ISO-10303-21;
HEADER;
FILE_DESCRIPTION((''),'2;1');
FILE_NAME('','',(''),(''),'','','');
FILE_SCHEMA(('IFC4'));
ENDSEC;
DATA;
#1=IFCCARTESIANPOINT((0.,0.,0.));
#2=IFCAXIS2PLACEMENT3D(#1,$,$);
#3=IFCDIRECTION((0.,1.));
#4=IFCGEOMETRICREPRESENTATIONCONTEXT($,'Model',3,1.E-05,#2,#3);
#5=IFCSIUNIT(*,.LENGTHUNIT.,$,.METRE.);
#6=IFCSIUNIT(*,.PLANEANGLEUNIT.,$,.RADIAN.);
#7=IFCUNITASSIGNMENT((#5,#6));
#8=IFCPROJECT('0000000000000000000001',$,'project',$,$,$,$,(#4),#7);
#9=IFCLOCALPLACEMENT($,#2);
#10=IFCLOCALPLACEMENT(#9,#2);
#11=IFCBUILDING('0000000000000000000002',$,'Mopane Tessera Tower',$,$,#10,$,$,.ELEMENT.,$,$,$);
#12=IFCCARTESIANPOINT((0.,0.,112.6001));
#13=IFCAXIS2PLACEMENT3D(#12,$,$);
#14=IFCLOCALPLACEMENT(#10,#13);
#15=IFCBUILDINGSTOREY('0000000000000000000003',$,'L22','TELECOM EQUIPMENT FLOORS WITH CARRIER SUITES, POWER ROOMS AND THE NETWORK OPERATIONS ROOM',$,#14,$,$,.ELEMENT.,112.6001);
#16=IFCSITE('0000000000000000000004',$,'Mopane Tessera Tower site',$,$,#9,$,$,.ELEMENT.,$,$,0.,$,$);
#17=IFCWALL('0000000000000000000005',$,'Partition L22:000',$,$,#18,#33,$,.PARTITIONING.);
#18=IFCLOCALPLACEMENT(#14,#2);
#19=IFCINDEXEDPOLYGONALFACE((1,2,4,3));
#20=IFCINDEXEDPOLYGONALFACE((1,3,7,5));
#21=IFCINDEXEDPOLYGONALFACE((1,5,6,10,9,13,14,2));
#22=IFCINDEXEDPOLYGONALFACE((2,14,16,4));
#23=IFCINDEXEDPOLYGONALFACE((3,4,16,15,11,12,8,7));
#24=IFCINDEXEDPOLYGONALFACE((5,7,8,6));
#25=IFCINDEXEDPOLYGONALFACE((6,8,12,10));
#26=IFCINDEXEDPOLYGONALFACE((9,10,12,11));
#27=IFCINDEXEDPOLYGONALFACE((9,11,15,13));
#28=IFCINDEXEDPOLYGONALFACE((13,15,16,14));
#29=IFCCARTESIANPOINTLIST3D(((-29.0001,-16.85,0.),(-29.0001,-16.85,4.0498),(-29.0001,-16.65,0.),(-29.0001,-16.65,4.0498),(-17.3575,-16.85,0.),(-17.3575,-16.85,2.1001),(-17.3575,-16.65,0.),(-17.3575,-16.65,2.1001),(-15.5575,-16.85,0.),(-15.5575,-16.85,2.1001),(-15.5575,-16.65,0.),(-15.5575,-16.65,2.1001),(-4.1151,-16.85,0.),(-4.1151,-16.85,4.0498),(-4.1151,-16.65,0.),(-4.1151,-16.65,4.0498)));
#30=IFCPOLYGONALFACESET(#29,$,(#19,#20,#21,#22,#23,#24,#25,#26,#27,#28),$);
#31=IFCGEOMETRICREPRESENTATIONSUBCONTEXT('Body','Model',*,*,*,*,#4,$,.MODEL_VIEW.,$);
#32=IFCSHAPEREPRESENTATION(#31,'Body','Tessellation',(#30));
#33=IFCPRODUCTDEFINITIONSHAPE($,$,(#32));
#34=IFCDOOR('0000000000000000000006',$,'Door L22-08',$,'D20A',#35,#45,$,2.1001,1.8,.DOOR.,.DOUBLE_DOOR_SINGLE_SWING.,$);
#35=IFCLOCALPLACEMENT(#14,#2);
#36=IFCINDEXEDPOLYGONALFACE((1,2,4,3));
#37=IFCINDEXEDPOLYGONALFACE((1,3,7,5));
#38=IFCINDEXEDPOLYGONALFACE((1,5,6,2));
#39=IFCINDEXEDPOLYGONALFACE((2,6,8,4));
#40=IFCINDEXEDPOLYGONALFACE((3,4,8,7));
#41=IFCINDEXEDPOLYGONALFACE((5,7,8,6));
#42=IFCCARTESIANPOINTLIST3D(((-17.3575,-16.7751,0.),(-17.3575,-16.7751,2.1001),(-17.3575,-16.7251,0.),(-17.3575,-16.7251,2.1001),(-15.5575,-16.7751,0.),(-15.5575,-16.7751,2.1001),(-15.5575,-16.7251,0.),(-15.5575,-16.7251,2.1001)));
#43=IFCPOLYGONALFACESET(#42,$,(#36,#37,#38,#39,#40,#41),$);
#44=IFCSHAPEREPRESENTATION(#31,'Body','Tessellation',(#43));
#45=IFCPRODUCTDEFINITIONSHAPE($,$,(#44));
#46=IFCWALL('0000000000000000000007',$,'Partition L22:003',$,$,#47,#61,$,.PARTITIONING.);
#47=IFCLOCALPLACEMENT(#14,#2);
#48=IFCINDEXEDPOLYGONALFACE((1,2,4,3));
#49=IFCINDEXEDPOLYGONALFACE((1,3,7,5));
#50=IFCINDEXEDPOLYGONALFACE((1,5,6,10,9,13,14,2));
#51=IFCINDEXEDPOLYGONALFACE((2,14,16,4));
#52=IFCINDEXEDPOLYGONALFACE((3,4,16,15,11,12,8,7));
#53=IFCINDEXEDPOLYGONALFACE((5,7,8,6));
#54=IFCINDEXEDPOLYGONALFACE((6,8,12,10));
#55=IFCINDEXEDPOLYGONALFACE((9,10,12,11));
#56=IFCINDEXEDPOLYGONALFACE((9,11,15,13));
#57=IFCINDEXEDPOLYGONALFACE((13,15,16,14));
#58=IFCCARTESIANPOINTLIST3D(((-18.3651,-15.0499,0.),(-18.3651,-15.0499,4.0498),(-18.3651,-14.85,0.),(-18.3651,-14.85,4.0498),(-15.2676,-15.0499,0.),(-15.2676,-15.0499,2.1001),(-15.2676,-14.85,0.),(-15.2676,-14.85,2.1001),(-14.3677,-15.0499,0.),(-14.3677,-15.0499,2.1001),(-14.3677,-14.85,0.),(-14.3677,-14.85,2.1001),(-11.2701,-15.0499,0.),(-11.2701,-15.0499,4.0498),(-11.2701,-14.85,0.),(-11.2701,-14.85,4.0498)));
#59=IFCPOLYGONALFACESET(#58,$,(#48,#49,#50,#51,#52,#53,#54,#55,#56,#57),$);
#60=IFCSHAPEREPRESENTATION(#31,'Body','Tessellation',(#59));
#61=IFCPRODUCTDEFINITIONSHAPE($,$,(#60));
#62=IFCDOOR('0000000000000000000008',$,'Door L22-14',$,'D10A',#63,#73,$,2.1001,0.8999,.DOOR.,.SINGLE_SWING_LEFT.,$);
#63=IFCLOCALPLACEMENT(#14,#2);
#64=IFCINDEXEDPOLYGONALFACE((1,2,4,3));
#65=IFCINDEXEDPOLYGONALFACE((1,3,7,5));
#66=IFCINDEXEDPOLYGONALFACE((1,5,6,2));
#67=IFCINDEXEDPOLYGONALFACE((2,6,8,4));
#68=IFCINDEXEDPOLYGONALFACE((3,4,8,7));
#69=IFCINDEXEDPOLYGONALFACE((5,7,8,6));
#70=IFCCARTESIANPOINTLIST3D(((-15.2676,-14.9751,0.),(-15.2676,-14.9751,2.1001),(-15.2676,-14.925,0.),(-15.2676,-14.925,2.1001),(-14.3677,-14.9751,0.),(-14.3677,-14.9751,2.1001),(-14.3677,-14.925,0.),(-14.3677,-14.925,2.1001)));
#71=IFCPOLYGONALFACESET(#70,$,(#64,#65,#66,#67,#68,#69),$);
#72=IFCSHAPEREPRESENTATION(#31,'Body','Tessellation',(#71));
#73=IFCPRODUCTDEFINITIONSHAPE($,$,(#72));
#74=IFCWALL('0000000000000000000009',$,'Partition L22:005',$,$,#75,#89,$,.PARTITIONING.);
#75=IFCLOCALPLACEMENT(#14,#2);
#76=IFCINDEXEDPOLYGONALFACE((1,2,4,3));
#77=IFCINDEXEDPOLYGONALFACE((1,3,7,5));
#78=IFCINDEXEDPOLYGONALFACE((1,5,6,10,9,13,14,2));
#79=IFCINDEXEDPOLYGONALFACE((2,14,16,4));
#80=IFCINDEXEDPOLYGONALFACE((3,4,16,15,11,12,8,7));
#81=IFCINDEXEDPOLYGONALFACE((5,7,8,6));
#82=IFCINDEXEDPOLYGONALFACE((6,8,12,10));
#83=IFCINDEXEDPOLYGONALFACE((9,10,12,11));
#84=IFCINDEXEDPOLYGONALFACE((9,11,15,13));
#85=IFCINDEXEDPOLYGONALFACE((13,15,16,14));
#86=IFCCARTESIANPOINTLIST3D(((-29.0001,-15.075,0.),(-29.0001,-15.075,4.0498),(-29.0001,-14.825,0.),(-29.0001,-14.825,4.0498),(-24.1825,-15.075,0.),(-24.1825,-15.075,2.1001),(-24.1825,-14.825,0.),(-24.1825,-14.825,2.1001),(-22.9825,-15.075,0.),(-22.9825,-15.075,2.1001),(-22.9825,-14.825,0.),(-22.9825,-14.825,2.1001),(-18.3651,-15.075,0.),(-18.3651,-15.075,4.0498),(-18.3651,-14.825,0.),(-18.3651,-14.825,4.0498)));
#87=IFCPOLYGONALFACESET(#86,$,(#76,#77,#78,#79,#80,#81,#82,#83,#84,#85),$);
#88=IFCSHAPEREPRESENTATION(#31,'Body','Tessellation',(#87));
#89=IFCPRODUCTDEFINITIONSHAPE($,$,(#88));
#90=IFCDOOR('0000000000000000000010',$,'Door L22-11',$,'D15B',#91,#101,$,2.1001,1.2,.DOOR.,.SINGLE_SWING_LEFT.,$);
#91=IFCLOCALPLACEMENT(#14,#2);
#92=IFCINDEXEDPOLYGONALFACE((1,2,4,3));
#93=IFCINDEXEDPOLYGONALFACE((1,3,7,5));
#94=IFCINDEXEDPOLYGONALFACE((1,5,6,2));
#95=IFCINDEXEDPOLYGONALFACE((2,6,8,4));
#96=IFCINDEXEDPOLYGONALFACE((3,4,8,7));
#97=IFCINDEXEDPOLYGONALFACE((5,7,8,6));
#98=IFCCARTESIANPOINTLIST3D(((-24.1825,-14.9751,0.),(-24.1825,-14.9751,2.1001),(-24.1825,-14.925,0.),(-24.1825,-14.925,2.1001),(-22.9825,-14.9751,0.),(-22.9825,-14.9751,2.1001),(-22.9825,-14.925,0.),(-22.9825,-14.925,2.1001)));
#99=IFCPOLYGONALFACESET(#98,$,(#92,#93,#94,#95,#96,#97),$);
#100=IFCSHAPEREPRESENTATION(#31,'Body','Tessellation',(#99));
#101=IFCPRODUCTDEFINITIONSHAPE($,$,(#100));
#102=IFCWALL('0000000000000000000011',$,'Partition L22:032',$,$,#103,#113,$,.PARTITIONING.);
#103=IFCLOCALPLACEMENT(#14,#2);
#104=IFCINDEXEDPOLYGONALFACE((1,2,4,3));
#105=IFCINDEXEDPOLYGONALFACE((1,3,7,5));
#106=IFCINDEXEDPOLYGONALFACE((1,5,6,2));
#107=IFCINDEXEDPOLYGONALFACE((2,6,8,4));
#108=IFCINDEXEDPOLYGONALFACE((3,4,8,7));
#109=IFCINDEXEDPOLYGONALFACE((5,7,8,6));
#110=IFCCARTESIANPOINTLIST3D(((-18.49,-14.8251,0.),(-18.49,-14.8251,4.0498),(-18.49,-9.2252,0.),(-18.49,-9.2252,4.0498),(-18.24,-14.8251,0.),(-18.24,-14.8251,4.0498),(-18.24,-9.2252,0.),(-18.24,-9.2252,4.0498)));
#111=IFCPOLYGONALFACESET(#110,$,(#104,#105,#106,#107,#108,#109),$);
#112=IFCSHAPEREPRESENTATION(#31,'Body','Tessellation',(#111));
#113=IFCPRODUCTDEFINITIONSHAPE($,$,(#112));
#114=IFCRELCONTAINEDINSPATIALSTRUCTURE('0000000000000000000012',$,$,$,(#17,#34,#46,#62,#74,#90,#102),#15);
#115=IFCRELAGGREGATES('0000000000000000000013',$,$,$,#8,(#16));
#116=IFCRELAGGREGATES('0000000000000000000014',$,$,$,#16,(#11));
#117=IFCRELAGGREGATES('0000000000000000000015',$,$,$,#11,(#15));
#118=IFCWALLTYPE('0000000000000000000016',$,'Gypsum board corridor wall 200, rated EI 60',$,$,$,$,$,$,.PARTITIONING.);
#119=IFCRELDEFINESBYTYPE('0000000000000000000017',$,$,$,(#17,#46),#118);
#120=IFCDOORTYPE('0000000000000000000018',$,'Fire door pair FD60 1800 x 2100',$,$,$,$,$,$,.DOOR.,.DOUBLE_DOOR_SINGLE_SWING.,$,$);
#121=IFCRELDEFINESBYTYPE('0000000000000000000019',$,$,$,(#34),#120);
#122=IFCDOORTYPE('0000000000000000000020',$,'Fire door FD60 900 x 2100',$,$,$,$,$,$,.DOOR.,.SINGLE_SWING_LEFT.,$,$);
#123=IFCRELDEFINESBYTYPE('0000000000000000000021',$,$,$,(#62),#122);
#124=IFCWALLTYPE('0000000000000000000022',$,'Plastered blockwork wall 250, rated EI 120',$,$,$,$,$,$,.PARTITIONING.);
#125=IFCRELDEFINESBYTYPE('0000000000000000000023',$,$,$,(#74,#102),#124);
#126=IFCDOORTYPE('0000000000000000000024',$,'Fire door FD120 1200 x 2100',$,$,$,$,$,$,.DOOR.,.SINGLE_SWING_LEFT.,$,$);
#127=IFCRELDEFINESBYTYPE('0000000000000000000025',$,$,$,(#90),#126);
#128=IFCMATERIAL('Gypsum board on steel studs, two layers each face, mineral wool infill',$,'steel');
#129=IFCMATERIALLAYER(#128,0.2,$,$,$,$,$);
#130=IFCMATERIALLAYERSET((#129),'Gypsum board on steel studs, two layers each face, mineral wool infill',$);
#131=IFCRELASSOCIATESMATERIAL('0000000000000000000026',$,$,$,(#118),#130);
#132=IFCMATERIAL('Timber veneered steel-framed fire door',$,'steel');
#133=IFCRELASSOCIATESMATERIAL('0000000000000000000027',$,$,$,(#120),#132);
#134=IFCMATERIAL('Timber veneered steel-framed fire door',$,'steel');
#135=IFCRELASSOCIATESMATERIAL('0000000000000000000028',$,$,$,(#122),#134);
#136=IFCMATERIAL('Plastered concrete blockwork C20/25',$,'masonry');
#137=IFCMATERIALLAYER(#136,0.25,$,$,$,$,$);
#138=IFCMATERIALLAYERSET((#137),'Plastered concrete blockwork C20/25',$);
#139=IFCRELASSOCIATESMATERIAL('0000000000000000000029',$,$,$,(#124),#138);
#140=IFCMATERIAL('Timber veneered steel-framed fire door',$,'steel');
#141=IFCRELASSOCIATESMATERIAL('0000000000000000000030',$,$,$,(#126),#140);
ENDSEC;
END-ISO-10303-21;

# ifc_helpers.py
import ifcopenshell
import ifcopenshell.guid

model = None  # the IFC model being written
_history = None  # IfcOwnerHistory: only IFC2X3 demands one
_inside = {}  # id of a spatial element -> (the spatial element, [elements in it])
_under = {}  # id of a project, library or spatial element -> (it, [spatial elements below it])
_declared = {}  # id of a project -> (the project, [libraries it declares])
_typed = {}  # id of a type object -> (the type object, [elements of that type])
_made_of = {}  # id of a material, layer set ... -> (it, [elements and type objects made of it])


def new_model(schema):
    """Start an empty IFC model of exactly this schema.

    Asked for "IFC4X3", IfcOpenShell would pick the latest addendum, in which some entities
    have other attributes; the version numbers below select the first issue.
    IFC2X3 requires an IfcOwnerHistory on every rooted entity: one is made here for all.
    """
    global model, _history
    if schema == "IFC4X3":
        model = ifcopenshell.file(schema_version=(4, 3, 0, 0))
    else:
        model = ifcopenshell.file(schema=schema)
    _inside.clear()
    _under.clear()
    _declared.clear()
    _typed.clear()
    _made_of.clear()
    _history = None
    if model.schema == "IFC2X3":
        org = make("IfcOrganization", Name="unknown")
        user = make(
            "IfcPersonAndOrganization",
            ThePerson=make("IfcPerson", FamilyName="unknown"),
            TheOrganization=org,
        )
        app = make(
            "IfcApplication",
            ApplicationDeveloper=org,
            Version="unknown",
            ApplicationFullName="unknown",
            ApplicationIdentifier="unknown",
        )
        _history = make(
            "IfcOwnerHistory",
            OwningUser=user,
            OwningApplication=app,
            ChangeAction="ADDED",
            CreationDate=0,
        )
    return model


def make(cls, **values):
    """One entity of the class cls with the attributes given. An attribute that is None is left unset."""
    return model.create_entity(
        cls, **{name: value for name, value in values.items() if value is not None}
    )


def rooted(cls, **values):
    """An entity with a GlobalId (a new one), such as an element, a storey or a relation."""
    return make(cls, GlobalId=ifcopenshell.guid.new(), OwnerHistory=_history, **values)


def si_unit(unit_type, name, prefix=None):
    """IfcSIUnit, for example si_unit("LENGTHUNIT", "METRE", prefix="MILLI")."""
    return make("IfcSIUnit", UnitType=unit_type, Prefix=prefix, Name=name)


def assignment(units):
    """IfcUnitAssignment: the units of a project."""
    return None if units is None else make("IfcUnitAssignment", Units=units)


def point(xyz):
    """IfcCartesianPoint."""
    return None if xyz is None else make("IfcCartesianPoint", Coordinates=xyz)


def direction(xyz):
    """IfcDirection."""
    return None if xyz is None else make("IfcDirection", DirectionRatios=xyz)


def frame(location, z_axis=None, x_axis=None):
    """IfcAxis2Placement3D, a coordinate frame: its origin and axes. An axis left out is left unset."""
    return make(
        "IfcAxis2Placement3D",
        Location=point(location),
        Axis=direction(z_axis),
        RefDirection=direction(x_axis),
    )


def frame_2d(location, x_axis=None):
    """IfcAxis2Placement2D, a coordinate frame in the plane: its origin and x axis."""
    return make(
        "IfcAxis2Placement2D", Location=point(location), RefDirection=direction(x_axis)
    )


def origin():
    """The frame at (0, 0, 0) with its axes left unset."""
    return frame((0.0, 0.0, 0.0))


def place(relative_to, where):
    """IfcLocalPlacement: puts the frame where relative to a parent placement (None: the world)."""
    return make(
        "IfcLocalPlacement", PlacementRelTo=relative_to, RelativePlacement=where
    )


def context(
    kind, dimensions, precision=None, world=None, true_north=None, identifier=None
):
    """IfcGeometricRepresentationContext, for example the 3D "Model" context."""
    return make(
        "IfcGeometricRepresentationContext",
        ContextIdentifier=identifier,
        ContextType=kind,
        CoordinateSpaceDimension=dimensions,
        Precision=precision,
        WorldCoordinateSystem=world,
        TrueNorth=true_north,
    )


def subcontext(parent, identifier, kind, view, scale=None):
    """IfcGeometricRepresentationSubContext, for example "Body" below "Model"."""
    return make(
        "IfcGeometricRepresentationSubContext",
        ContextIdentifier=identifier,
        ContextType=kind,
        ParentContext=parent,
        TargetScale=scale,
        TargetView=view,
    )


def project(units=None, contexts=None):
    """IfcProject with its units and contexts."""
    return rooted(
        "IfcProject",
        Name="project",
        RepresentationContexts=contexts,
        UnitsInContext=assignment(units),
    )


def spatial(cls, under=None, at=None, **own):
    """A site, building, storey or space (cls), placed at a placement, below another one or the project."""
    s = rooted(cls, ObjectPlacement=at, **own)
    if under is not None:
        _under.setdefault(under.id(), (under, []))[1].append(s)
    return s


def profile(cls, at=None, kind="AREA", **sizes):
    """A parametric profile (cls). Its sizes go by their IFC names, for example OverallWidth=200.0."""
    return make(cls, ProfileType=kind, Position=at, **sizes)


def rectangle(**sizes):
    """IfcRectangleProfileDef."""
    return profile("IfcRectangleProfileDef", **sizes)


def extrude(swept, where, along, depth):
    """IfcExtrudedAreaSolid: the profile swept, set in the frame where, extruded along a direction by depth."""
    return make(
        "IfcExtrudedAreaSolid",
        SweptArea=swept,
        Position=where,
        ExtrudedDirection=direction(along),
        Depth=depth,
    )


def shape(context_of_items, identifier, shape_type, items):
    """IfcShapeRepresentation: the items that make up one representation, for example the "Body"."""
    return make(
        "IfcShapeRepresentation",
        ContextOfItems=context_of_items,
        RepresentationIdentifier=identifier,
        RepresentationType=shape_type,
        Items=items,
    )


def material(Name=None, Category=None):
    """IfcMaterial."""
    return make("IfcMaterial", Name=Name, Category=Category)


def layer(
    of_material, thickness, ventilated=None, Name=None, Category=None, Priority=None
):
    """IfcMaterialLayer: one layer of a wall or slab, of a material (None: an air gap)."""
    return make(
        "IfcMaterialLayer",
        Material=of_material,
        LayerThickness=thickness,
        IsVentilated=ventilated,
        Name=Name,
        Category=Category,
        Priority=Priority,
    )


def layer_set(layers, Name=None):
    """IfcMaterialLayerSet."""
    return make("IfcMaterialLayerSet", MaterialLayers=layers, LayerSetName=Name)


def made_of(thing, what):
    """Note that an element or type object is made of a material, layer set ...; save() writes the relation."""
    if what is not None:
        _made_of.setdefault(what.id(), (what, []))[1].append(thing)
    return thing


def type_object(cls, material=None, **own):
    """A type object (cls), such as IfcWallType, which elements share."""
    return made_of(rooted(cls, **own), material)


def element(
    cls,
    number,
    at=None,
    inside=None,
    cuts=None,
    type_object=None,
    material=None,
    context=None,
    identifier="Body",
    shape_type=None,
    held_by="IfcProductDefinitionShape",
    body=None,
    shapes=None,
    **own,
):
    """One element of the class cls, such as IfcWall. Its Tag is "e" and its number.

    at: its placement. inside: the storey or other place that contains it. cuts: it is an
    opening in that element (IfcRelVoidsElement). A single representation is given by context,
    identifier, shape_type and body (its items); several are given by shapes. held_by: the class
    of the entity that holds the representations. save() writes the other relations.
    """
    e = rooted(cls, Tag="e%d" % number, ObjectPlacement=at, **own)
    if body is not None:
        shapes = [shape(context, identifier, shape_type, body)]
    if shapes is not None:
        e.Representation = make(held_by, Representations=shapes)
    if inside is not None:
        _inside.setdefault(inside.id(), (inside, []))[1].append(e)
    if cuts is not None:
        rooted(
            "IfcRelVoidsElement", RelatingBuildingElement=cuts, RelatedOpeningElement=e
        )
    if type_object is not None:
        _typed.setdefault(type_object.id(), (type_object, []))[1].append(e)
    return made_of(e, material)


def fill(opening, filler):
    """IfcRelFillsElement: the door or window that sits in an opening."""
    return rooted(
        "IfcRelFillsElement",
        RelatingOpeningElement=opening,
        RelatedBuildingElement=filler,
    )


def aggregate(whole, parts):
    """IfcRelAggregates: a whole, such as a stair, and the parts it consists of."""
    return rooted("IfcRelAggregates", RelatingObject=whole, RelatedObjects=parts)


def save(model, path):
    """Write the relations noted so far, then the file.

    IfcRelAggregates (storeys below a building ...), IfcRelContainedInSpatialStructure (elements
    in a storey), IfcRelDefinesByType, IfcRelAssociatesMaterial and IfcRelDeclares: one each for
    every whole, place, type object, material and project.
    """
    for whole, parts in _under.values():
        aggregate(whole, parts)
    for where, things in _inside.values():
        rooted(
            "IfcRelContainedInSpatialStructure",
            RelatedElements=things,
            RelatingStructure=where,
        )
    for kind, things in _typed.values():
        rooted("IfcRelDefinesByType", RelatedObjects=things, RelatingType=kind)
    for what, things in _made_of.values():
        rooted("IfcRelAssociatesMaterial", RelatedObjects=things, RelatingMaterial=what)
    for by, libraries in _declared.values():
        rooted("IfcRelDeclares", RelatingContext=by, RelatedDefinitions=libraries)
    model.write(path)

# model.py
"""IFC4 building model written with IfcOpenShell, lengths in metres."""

from ifc_helpers import new_model, si_unit, direction, frame, frame_2d, origin, place, context, subcontext, project, spatial, rectangle, extrude, material, layer, layer_set, type_object, element, fill, save


model = new_model("IFC4")

# Units and contexts
model_context = context("Model", 3, precision=1e-05, world=origin(), true_north=direction((0.0, 1.0)))
body_context = subcontext(model_context, "Body", "Model", "MODEL_VIEW")
ifc_project = project(units=[si_unit("LENGTHUNIT", "METRE"), si_unit("PLANEANGLEUNIT", "RADIAN")], contexts=[model_context])

# Site, building, storey
site_placement = place(None, origin())
site = spatial("IfcSite", under=ifc_project, at=site_placement, Name="Mopane Tessera Tower site", CompositionType="ELEMENT", RefElevation=0.0)
building_placement = place(site_placement, origin())
building = spatial("IfcBuilding", under=site, at=building_placement, Name="Mopane Tessera Tower", CompositionType="ELEMENT")
storey_placement = place(building_placement, frame((0.0, 0.0, 112.6001)))
storey = spatial("IfcBuildingStorey", under=building, at=storey_placement, Name="L22", Description="TELECOM EQUIPMENT FLOORS WITH CARRIER SUITES, POWER ROOMS AND THE NETWORK OPERATIONS ROOM", CompositionType="ELEMENT", Elevation=112.6001)

# Walls, openings, doors
ifc_material_1 = material(Name="Gypsum board on steel studs, two layers each face, mineral wool infill", Category="steel")
ifc_layer_1 = layer(ifc_material_1, 0.2)
ifc_layer_set_1 = layer_set([ifc_layer_1], Name="Gypsum board on steel studs, two layers each face, mineral wool infill")
wall_type_1 = type_object("IfcWallType", Name="Gypsum board corridor wall 200, rated EI 60", PredefinedType="PARTITIONING", material=ifc_layer_set_1)
wall_1_placement = place(storey_placement, frame((-29.0, -16.75, 0.0), z_axis=(0.0, 0.0, 1.0), x_axis=(1.0, 0.0, 0.0)))
wall_1 = element("IfcWall", 1, at=wall_1_placement, inside=storey, type_object=wall_type_1, Name="Partition L22:000", PredefinedType="PARTITIONING", context=body_context, shape_type="SweptSolid", body=[
    extrude(rectangle(XDim=24.885, YDim=0.2, at=frame_2d((12.4424, 0.0))), origin(), (0.0, 0.0, 1.0), 4.0498),
])
opening_1_placement = place(wall_1_placement, frame((11.6426, 0.0, 0.0)))
opening_1 = element("IfcOpeningElement", 2, at=opening_1_placement, cuts=wall_1, PredefinedType="OPENING", context=body_context, shape_type="SweptSolid", body=[
    extrude(rectangle(XDim=1.8, YDim=2.1001, at=frame_2d((0.8999, 1.05))), frame((0.0, 0.1121, 0.0), z_axis=(0.0, -1.0, 0.0), x_axis=(1.0, 0.0, 0.0)), (0.0, 0.0, 1.0), 0.2239),
])
ifc_material_2 = material(Name="Timber veneered steel-framed fire door", Category="steel")
door_type_1 = type_object("IfcDoorType", Name="Fire door pair FD60 1800 x 2100", OperationType="DOUBLE_DOOR_SINGLE_SWING", PredefinedType="DOOR", material=ifc_material_2)
door_1_placement = place(opening_1_placement, origin())
door_1 = element("IfcDoor", 3, at=door_1_placement, inside=storey, type_object=door_type_1, Name="Door L22-08", ObjectType="D20A", OperationType="DOUBLE_DOOR_SINGLE_SWING", OverallHeight=2.1001, OverallWidth=1.8, PredefinedType="DOOR", context=body_context, shape_type="SweptSolid", body=[
    extrude(rectangle(XDim=1.8, YDim=2.1001, at=frame_2d((0.8999, 1.05))), frame((0.0, 0.0249, 0.0), z_axis=(0.0, -1.0, 0.0), x_axis=(1.0, 0.0, 0.0)), (0.0, 0.0, 1.0), 0.05),
])
fill(opening_1, door_1)
wall_2_placement = place(storey_placement, frame((-18.365, -14.95, 0.0), z_axis=(0.0, 0.0, 1.0), x_axis=(1.0, 0.0, 0.0)))
wall_2 = element("IfcWall", 4, at=wall_2_placement, inside=storey, type_object=wall_type_1, Name="Partition L22:003", PredefinedType="PARTITIONING", context=body_context, shape_type="SweptSolid", body=[
    extrude(rectangle(XDim=7.095, YDim=0.2, at=frame_2d((3.5474, 0.0))), origin(), (0.0, 0.0, 1.0), 4.0498),
])
opening_2_placement = place(wall_2_placement, frame((3.0974, 0.0, 0.0)))
opening_2 = element("IfcOpeningElement", 5, at=opening_2_placement, cuts=wall_2, PredefinedType="OPENING", context=body_context, shape_type="SweptSolid", body=[
    extrude(rectangle(XDim=0.8999, YDim=2.1001, at=frame_2d((0.45, 1.05))), frame((0.0, 0.1121, 0.0), z_axis=(0.0, -1.0, 0.0), x_axis=(1.0, 0.0, 0.0)), (0.0, 0.0, 1.0), 0.2239),
])
ifc_material_3 = material(Name="Timber veneered steel-framed fire door", Category="steel")
door_type_2 = type_object("IfcDoorType", Name="Fire door FD60 900 x 2100", OperationType="SINGLE_SWING_LEFT", PredefinedType="DOOR", material=ifc_material_3)
door_2_placement = place(opening_2_placement, origin())
door_2 = element("IfcDoor", 6, at=door_2_placement, inside=storey, type_object=door_type_2, Name="Door L22-14", ObjectType="D10A", OperationType="SINGLE_SWING_LEFT", OverallHeight=2.1001, OverallWidth=0.8999, PredefinedType="DOOR", context=body_context, shape_type="SweptSolid", body=[
    extrude(rectangle(XDim=0.8999, YDim=2.1001, at=frame_2d((0.45, 1.05))), frame((0.0, 0.0249, 0.0), z_axis=(0.0, -1.0, 0.0), x_axis=(1.0, 0.0, 0.0)), (0.0, 0.0, 1.0), 0.05),
])
fill(opening_2, door_2)
ifc_material_4 = material(Name="Plastered concrete blockwork C20/25", Category="masonry")
ifc_layer_2 = layer(ifc_material_4, 0.25)
ifc_layer_set_2 = layer_set([ifc_layer_2], Name="Plastered concrete blockwork C20/25")
wall_type_2 = type_object("IfcWallType", Name="Plastered blockwork wall 250, rated EI 120", PredefinedType="PARTITIONING", material=ifc_layer_set_2)
wall_3_placement = place(storey_placement, frame((-29.0, -14.95, 0.0), z_axis=(0.0, 0.0, 1.0), x_axis=(1.0, 0.0, 0.0)))
wall_3 = element("IfcWall", 7, at=wall_3_placement, inside=storey, type_object=wall_type_2, Name="Partition L22:005", PredefinedType="PARTITIONING", context=body_context, shape_type="SweptSolid", body=[
    extrude(rectangle(XDim=10.635, YDim=0.25, at=frame_2d((5.3174, 0.0))), origin(), (0.0, 0.0, 1.0), 4.0498),
])
opening_3_placement = place(wall_3_placement, frame((4.8174, 0.0, 0.0)))
opening_3 = element("IfcOpeningElement", 8, at=opening_3_placement, cuts=wall_3, PredefinedType="OPENING", context=body_context, shape_type="SweptSolid", body=[
    extrude(rectangle(XDim=1.2, YDim=2.1001, at=frame_2d((0.6001, 1.05))), frame((0.0, 0.137, 0.0), z_axis=(0.0, -1.0, 0.0), x_axis=(1.0, 0.0, 0.0)), (0.0, 0.0, 1.0), 0.2739),
])
ifc_material_5 = material(Name="Timber veneered steel-framed fire door", Category="steel")
door_type_3 = type_object("IfcDoorType", Name="Fire door FD120 1200 x 2100", OperationType="SINGLE_SWING_LEFT", PredefinedType="DOOR", material=ifc_material_5)
door_3_placement = place(opening_3_placement, origin())
door_3 = element("IfcDoor", 9, at=door_3_placement, inside=storey, type_object=door_type_3, Name="Door L22-11", ObjectType="D15B", OperationType="SINGLE_SWING_LEFT", OverallHeight=2.1001, OverallWidth=1.2, PredefinedType="DOOR", context=body_context, shape_type="SweptSolid", body=[
    extrude(rectangle(XDim=1.2, YDim=2.1001, at=frame_2d((0.6001, 1.05))), frame((0.0, 0.0249, 0.0), z_axis=(0.0, -1.0, 0.0), x_axis=(1.0, 0.0, 0.0)), (0.0, 0.0, 1.0), 0.05),
])
fill(opening_3, door_3)

# Wall
wall_4_placement = place(storey_placement, frame((-18.365, -14.825, 0.0), z_axis=(0.0, 0.0, 1.0), x_axis=(0.0, 1.0, 0.0)))
element("IfcWall", 10, at=wall_4_placement, inside=storey, type_object=wall_type_2, Name="Partition L22:032", PredefinedType="PARTITIONING", context=body_context, shape_type="SweptSolid", body=[
    extrude(rectangle(XDim=5.5999, YDim=0.25, at=frame_2d((2.7998, 0.0))), origin(), (0.0, 0.0, 1.0), 4.0498),
])

save(model, "model.ifc")
